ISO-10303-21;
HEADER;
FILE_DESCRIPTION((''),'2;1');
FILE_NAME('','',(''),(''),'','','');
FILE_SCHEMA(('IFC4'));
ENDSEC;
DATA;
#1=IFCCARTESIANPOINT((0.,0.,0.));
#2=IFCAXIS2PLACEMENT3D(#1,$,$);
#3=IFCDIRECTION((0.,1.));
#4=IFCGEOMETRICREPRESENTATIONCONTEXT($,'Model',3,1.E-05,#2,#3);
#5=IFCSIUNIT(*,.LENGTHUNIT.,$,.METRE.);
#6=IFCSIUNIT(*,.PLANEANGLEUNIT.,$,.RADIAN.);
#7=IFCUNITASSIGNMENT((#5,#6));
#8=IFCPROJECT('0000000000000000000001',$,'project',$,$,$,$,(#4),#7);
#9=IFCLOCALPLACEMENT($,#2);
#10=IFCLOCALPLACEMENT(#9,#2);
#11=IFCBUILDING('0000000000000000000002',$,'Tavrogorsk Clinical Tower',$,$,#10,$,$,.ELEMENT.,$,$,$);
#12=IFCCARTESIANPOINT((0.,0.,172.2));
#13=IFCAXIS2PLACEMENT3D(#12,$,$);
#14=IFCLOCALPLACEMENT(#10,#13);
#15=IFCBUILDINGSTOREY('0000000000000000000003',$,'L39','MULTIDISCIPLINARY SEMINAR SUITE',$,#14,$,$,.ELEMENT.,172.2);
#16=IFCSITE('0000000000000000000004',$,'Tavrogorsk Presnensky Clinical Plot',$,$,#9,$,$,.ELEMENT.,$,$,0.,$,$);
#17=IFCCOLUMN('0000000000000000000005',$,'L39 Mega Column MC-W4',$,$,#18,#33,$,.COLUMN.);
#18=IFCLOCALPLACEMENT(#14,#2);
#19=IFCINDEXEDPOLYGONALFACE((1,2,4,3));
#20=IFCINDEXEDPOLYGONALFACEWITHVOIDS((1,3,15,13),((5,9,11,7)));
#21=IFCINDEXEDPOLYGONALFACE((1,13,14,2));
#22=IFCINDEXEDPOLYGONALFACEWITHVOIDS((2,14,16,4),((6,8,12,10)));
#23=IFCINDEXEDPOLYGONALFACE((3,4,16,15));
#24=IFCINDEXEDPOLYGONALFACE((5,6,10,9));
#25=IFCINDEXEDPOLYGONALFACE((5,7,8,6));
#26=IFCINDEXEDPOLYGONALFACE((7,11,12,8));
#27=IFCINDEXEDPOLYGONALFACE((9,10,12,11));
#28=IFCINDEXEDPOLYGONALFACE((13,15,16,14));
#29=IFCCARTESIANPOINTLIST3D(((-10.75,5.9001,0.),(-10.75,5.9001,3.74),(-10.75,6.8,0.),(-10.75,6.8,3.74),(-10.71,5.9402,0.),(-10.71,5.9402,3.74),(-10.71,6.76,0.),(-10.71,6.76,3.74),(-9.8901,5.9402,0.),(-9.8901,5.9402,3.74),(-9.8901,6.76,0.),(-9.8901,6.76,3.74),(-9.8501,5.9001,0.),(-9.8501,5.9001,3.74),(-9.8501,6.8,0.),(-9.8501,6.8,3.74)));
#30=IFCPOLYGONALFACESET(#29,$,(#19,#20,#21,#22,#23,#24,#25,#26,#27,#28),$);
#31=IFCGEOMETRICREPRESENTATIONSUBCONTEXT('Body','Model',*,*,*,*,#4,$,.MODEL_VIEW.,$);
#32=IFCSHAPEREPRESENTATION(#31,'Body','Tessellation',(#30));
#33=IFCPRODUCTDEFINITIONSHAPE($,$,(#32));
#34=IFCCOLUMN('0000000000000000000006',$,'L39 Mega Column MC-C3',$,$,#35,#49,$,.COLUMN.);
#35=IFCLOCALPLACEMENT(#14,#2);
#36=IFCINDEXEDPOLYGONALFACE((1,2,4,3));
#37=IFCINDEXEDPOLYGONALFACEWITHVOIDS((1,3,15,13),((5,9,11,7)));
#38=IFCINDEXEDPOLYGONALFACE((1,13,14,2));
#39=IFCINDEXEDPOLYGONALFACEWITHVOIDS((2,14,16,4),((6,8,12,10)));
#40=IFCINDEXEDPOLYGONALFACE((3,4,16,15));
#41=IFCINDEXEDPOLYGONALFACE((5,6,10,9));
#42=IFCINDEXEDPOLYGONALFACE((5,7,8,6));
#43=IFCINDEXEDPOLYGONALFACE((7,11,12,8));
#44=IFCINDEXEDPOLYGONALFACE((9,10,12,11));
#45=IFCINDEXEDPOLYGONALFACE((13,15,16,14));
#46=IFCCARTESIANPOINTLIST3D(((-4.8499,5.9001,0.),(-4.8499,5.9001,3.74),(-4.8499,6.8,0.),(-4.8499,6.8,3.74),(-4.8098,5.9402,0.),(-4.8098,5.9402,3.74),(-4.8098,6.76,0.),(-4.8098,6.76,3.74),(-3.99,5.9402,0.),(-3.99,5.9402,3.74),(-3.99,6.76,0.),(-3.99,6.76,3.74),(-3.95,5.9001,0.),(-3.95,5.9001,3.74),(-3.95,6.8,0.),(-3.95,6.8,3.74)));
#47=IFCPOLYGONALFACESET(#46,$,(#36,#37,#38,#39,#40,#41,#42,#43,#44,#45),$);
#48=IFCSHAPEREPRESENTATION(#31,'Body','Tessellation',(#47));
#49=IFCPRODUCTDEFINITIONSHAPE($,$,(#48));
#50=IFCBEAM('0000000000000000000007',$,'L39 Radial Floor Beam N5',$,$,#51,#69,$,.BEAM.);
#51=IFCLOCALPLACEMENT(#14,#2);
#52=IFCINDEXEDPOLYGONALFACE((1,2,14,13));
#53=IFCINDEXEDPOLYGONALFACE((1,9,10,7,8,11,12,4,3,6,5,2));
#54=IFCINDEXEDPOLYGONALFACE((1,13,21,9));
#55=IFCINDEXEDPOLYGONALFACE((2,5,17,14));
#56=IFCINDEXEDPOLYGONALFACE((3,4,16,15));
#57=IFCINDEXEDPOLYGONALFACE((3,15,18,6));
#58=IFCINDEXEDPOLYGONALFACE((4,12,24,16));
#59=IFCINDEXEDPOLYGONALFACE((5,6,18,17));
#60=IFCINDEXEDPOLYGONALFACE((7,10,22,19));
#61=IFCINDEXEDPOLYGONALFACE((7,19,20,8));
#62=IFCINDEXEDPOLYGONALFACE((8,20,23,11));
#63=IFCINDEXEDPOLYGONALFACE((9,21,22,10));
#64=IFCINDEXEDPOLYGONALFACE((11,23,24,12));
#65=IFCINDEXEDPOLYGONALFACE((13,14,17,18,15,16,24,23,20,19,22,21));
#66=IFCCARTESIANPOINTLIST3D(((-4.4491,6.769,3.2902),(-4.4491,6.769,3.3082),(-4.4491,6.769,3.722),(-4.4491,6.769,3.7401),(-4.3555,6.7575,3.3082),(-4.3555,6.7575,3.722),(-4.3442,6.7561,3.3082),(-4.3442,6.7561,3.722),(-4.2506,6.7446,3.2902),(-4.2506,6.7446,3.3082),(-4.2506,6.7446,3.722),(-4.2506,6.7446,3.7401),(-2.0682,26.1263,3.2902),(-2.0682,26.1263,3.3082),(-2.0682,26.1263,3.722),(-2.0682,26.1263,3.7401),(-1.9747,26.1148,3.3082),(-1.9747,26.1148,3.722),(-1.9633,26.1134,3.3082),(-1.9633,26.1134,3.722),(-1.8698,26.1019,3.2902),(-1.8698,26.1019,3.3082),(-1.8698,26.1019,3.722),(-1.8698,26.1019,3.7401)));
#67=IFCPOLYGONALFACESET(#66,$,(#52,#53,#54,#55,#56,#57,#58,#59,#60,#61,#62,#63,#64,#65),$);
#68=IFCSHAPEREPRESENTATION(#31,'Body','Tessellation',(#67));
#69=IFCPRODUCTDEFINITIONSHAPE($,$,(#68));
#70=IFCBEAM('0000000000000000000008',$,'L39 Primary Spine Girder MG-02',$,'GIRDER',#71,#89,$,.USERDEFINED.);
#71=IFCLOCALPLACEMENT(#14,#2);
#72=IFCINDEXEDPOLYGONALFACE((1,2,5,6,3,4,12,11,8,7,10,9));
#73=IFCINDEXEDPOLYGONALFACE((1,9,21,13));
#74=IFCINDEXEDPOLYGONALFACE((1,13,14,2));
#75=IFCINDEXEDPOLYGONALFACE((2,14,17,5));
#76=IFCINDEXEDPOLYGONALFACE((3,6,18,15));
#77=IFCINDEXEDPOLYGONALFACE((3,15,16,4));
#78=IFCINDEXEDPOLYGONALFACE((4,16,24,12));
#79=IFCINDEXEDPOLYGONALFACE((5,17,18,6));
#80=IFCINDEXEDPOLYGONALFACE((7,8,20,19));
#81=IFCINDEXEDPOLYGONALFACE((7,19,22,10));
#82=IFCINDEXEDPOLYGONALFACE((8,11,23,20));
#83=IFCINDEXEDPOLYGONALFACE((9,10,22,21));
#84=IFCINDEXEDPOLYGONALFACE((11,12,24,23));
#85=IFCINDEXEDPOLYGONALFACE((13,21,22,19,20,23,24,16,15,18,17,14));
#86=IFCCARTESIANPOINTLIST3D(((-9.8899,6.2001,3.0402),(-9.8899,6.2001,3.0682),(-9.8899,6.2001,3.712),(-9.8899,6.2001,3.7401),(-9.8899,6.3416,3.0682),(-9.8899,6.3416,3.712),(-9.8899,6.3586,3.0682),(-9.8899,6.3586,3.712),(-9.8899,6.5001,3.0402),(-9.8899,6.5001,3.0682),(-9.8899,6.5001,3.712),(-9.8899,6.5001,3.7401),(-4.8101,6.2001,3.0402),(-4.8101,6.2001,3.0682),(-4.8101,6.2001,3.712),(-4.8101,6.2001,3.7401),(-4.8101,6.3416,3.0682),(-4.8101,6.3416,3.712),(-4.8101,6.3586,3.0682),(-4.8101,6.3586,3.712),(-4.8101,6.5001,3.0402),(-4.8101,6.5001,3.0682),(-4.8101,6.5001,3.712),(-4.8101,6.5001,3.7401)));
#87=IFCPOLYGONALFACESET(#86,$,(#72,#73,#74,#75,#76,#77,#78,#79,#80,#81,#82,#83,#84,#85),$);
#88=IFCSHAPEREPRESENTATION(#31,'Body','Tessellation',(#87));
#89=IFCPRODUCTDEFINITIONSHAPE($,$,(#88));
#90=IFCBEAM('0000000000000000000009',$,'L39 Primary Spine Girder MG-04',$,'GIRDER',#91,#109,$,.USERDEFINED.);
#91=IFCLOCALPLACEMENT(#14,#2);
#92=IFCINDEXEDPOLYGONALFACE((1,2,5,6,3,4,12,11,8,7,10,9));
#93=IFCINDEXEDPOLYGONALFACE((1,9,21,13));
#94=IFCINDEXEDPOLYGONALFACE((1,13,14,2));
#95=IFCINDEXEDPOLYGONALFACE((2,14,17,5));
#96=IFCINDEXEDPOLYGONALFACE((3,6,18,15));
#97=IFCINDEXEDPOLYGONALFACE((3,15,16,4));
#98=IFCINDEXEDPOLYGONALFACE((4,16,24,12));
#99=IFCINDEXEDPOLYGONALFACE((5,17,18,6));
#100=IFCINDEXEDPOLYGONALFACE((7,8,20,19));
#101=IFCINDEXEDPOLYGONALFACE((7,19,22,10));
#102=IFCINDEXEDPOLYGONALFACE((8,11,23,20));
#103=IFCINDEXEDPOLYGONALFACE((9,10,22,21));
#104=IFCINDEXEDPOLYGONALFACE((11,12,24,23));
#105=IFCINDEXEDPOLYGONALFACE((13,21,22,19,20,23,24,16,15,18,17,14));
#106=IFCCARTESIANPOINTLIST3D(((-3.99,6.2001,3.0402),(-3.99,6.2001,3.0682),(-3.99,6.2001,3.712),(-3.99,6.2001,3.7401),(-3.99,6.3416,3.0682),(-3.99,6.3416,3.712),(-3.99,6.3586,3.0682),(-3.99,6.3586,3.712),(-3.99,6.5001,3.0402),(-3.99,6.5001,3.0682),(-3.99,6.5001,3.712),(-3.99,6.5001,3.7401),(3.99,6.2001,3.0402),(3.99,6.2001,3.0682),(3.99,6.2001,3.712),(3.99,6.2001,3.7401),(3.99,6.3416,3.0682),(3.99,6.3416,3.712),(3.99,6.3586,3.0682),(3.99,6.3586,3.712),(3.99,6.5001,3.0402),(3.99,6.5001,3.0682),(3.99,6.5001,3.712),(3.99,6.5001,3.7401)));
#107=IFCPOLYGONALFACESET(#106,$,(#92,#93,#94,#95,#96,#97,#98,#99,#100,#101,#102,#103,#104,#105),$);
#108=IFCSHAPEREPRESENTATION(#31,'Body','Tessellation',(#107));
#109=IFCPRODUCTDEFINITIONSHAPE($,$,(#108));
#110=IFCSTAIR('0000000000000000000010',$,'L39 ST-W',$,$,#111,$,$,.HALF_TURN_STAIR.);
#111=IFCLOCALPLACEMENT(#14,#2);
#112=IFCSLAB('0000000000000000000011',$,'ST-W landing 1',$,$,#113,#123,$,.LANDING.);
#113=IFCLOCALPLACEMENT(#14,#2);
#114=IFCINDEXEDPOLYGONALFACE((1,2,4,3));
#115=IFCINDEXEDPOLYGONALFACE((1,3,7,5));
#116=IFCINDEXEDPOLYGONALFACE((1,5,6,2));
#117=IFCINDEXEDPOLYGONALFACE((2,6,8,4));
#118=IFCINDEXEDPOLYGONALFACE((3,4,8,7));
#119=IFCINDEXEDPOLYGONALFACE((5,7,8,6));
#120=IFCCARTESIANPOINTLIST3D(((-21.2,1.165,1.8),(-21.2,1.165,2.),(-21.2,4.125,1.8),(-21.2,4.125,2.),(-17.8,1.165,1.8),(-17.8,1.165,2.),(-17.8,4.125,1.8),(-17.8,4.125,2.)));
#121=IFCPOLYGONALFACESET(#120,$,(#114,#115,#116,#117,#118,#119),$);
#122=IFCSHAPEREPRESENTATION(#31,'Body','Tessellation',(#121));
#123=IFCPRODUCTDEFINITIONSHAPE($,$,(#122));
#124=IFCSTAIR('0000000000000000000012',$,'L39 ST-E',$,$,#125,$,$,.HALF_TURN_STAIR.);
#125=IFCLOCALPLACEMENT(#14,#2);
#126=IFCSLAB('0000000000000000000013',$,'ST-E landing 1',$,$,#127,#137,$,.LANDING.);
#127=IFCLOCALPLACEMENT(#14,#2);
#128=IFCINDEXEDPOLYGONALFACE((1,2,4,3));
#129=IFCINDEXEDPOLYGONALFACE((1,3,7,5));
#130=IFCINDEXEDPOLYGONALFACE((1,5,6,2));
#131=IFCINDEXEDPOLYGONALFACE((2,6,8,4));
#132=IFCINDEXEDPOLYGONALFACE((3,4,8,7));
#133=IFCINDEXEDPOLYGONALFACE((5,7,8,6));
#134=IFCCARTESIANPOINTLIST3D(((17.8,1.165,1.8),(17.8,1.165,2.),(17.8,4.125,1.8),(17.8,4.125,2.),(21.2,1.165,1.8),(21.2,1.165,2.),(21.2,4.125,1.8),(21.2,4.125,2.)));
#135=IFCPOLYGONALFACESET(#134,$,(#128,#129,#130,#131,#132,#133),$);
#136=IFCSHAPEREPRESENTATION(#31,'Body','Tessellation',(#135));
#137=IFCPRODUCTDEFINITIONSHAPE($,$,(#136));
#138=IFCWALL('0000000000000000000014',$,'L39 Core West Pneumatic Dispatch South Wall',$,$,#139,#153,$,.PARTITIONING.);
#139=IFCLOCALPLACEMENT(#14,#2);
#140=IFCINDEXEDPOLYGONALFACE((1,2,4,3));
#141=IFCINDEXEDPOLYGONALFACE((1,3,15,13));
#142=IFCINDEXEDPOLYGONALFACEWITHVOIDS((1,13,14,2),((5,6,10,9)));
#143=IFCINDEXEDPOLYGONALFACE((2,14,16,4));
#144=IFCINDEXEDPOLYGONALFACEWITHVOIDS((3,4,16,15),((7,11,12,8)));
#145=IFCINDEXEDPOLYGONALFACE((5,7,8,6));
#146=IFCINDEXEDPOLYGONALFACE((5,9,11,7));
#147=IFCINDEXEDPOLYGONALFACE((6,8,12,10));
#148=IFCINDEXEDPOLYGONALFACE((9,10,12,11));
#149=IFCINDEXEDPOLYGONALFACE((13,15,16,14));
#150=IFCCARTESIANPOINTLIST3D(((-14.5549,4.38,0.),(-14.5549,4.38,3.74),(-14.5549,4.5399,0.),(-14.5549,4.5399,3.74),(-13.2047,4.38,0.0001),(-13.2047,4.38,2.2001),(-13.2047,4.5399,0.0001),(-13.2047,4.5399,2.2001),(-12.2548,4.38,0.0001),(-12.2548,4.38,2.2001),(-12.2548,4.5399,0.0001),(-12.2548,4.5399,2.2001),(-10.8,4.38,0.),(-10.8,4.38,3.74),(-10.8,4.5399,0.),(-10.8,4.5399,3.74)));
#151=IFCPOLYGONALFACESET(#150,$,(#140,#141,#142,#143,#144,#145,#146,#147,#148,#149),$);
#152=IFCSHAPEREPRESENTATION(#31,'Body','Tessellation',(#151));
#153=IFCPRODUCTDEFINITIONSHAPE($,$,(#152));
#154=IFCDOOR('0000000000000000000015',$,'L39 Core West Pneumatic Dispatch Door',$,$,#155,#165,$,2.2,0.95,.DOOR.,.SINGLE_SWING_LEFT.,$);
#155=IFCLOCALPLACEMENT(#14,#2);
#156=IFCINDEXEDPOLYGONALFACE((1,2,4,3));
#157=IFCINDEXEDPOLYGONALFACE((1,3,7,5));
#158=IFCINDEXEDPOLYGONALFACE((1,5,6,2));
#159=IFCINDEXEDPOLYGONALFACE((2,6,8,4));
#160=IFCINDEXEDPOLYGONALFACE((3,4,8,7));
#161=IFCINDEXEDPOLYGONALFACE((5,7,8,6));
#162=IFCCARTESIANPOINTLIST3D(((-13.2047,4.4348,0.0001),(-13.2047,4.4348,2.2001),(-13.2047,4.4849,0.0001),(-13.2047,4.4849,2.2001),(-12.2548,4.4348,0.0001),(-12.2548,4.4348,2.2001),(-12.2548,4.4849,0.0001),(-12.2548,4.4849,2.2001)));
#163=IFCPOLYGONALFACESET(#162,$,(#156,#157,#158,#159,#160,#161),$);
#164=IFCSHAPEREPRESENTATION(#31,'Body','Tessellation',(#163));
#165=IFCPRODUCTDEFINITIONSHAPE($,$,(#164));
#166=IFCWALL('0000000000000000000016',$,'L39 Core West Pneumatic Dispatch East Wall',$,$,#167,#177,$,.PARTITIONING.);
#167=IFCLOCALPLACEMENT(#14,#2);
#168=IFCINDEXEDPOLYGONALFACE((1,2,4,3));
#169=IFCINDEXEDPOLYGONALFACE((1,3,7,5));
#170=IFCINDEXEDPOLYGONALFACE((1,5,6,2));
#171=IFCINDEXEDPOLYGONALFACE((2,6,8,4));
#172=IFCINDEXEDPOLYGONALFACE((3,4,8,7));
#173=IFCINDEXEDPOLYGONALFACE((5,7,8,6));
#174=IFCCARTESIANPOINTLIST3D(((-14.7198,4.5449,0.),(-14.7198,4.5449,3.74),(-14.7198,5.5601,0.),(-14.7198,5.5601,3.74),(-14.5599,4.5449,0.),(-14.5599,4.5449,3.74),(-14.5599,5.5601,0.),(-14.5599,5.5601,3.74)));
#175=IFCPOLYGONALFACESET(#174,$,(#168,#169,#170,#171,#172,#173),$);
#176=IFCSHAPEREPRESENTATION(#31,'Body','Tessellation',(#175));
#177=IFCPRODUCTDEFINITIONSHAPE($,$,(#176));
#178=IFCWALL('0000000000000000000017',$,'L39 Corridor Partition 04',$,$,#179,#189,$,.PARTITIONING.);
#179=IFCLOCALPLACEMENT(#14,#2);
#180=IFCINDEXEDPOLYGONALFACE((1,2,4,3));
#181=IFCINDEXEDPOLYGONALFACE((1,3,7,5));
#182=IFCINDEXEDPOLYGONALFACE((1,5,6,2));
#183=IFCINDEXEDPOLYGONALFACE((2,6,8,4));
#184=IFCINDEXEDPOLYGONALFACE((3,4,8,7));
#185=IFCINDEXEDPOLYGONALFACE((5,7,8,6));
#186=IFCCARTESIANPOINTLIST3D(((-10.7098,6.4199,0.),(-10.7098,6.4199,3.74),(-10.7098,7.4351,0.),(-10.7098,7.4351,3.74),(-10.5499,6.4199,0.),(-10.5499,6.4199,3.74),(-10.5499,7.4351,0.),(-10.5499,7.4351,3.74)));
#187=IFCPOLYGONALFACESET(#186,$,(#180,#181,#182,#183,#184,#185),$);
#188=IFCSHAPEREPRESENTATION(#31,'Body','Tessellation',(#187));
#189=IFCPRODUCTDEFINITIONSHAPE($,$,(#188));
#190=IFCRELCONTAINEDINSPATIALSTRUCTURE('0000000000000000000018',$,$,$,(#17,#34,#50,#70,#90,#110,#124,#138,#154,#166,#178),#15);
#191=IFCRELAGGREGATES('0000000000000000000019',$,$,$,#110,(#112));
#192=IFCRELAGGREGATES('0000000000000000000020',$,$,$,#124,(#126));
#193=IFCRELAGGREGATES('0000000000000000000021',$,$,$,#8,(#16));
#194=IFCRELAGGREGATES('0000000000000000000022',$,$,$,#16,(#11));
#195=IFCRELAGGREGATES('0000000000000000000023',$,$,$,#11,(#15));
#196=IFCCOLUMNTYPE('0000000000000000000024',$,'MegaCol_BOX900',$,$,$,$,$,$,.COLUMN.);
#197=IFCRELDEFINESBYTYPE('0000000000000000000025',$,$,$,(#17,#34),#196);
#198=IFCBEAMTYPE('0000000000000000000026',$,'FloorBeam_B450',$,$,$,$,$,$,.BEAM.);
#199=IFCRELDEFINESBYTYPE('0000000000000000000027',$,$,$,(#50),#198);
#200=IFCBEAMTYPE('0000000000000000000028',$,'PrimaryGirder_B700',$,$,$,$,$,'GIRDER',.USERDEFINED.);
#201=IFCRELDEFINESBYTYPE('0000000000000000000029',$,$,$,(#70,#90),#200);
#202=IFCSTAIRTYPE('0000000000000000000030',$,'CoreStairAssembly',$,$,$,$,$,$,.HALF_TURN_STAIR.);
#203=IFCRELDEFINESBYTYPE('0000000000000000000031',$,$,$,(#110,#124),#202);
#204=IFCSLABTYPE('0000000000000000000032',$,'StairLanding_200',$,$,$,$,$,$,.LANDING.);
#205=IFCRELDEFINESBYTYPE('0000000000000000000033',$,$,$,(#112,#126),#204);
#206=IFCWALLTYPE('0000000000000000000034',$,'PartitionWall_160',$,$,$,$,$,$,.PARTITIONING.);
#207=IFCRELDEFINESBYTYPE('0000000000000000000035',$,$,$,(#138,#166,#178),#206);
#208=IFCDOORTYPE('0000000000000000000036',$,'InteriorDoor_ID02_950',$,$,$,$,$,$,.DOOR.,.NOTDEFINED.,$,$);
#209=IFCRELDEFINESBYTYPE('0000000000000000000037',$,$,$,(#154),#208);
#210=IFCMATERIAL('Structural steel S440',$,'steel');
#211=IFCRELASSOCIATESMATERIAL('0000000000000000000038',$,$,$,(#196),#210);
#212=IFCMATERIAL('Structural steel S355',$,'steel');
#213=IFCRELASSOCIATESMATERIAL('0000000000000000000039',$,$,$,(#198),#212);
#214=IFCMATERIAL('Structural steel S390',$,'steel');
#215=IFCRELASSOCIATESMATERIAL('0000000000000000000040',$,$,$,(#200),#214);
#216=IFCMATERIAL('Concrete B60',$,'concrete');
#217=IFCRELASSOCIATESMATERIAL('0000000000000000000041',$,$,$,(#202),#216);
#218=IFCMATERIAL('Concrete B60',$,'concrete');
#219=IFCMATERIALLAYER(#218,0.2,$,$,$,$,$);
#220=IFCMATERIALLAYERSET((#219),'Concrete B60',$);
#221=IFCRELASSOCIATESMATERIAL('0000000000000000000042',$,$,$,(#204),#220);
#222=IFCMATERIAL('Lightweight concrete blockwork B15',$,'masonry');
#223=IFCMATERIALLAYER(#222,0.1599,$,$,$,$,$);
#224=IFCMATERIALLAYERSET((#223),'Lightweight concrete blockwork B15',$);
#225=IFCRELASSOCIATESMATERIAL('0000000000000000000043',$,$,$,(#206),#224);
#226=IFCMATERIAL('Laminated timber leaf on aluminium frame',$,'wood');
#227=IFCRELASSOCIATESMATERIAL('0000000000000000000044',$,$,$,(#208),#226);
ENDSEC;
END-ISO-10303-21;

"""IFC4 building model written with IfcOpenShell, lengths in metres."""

from ifc_helpers import new_model, si_unit, direction, frame, frame_2d, origin, origin_2d, place, context, subcontext, project, spatial, polyline, rectangle, hollow_rectangle, i_section, outline, extrude, material, layer, layer_set, material_profile, profile_set, type_object, element, fill, aggregate, save


model = new_model("IFC4")

# Units and contexts
model_context = context("Model", 3, precision=1e-05, world=origin(), true_north=direction((0.0, 1.0)))
body_context = subcontext(model_context, "Body", "Model", "MODEL_VIEW")
ifc_project = project(units=[si_unit("LENGTHUNIT", "METRE"), si_unit("PLANEANGLEUNIT", "RADIAN")], contexts=[model_context])

# Site, building, storey
site_placement = place(None, origin())
site = spatial("IfcSite", under=ifc_project, at=site_placement, Name="Tavrogorsk Presnensky Clinical Plot", CompositionType="ELEMENT", RefElevation=0.0)
building_placement = place(site_placement, origin())
building = spatial("IfcBuilding", under=site, at=building_placement, Name="Tavrogorsk Clinical Tower", CompositionType="ELEMENT")
storey_placement = place(building_placement, frame((0.0, 0.0, 172.2)))
storey = spatial("IfcBuildingStorey", under=building, at=storey_placement, Name="L39", Description="MULTIDISCIPLINARY SEMINAR SUITE", CompositionType="ELEMENT", Elevation=172.2)

# Columns
ifc_material_1 = material(Name="Structural steel S440", Category="steel")
ifc_material_profile_1 = material_profile(ifc_material_1, hollow_rectangle(XDim=0.8999, YDim=0.8999, WallThickness=0.04, at=origin_2d()), Name="BOX-900x900x40")
ifc_profile_set_1 = profile_set([ifc_material_profile_1], Name="Structural steel S440")
column_type = type_object("IfcColumnType", Name="MegaCol_BOX900", PredefinedType="COLUMN", material=ifc_profile_set_1)
for number, where, z_axis, x_axis, name in (
    (1, (-10.3, 6.3501, 0.0), (0.0, 0.0, 1.0), (1.0, 0.0, 0.0), "L39 Mega Column MC-W4"),
    (2, (-4.3999, 6.3501, 0.0), (0.0, 0.0, 1.0), (1.0, 0.0, 0.0), "L39 Mega Column MC-C3"),
):
    element("IfcColumn", number, at=place(storey_placement, frame(where, z_axis=z_axis, x_axis=x_axis)), inside=storey, type_object=column_type, Name=name, PredefinedType="COLUMN", context=body_context, shape_type="SweptSolid", body=[
        extrude(hollow_rectangle(XDim=0.8999, YDim=0.8999, WallThickness=0.04, at=origin_2d()), origin(), (0.0, 0.0, 1.0), 3.74),
    ])

# Beams
ifc_material_2 = material(Name="Structural steel S355", Category="steel")
ifc_material_profile_2 = material_profile(ifc_material_2, i_section(OverallWidth=0.2, OverallDepth=0.45, WebThickness=0.0115, FlangeThickness=0.0181, at=origin_2d()), Name="B-450x200x11.5x18")
ifc_profile_set_2 = profile_set([ifc_material_profile_2], Name="Structural steel S355")
beam_type_1 = type_object("IfcBeamType", Name="FloorBeam_B450", PredefinedType="BEAM", material=ifc_profile_set_2)
beam_1_placement = place(storey_placement, frame((-4.3499, 6.7568, 3.5151), z_axis=(0.122075, 0.992521, 0.0), x_axis=(-0.992521, 0.122075, 0.0)))
element("IfcBeam", 3, at=beam_1_placement, inside=storey, type_object=beam_type_1, Name="L39 Radial Floor Beam N5", PredefinedType="BEAM", context=body_context, shape_type="SweptSolid", body=[
    extrude(i_section(OverallWidth=0.2, OverallDepth=0.45, WebThickness=0.0115, FlangeThickness=0.0181, at=origin_2d()), origin(), (0.0, 0.0, 1.0), 19.5032),
])
ifc_material_3 = material(Name="Structural steel S390", Category="steel")
ifc_material_profile_3 = material_profile(ifc_material_3, i_section(OverallWidth=0.3, OverallDepth=0.7, WebThickness=0.0171, FlangeThickness=0.0281, at=origin_2d()), Name="B-700x300x17x28")
ifc_profile_set_3 = profile_set([ifc_material_profile_3], Name="Structural steel S390")
beam_type_2 = type_object("IfcBeamType", Name="PrimaryGirder_B700", ElementType="GIRDER", PredefinedType="USERDEFINED", material=ifc_profile_set_3)
beam_2_placement = place(storey_placement, frame((-9.8899, 6.3501, 3.3901), z_axis=(1.0, 0.0, 0.0), x_axis=(0.0, 1.0, 0.0)))
element("IfcBeam", 4, at=beam_2_placement, inside=storey, type_object=beam_type_2, Name="L39 Primary Spine Girder MG-02", ObjectType="GIRDER", PredefinedType="USERDEFINED", context=body_context, shape_type="SweptSolid", body=[
    extrude(i_section(OverallWidth=0.3, OverallDepth=0.7, WebThickness=0.0171, FlangeThickness=0.0281, at=origin_2d()), origin(), (0.0, 0.0, 1.0), 5.0798),
])
beam_3_placement = place(storey_placement, frame((-3.99, 6.3501, 3.3901), z_axis=(1.0, 0.0, 0.0), x_axis=(0.0, 1.0, 0.0)))
element("IfcBeam", 5, at=beam_3_placement, inside=storey, type_object=beam_type_2, Name="L39 Primary Spine Girder MG-04", ObjectType="GIRDER", PredefinedType="USERDEFINED", context=body_context, shape_type="SweptSolid", body=[
    extrude(i_section(OverallWidth=0.3, OverallDepth=0.7, WebThickness=0.0171, FlangeThickness=0.0281, at=origin_2d()), origin(), (0.0, 0.0, 1.0), 7.98),
])

# Stairs, slabs
ifc_material_4 = material(Name="Concrete B60", Category="concrete")
stair_type = type_object("IfcStairType", Name="CoreStairAssembly", PredefinedType="HALF_TURN_STAIR", material=ifc_material_4)
stair_1_placement = place(storey_placement, origin())
stair_1 = element("IfcStair", 6, at=stair_1_placement, inside=storey, type_object=stair_type, Name="L39 ST-W", PredefinedType="HALF_TURN_STAIR")
ifc_material_5 = material(Name="Concrete B60", Category="concrete")
ifc_layer_1 = layer(ifc_material_5, 0.2)
ifc_layer_set_1 = layer_set([ifc_layer_1], Name="Concrete B60")
slab_type = type_object("IfcSlabType", Name="StairLanding_200", PredefinedType="LANDING", material=ifc_layer_set_1)
slab_1_placement = place(storey_placement, frame((0.0, 0.0, 1.8)))
slab_1 = element("IfcSlab", 7, at=slab_1_placement, type_object=slab_type, Name="ST-W landing 1", PredefinedType="LANDING", context=body_context, shape_type="SweptSolid", body=[
    extrude(outline(polyline([(-17.8, 1.165), (-17.8, 4.125), (-21.2, 4.125), (-21.2, 1.165), (-17.8, 1.165)])), origin(), (0.0, 0.0, 1.0), 0.2),
])
aggregate(stair_1, [slab_1])
stair_2_placement = place(storey_placement, origin())
stair_2 = element("IfcStair", 8, at=stair_2_placement, inside=storey, type_object=stair_type, Name="L39 ST-E", PredefinedType="HALF_TURN_STAIR")
slab_2_placement = place(storey_placement, frame((0.0, 0.0, 1.8)))
slab_2 = element("IfcSlab", 9, at=slab_2_placement, type_object=slab_type, Name="ST-E landing 1", PredefinedType="LANDING", context=body_context, shape_type="SweptSolid", body=[
    extrude(outline(polyline([(21.2, 1.165), (21.2, 4.125), (17.8, 4.125), (17.8, 1.165), (21.2, 1.165)])), origin(), (0.0, 0.0, 1.0), 0.2),
])
aggregate(stair_2, [slab_2])

# Wall, opening, door
ifc_material_6 = material(Name="Lightweight concrete blockwork B15", Category="masonry")
ifc_layer_2 = layer(ifc_material_6, 0.1599)
ifc_layer_set_2 = layer_set([ifc_layer_2], Name="Lightweight concrete blockwork B15")
wall_type_1 = type_object("IfcWallType", Name="PartitionWall_160", PredefinedType="PARTITIONING", material=ifc_layer_set_2)
wall_1_placement = place(storey_placement, frame((-14.5549, 4.46, 0.0), z_axis=(0.0, 0.0, 1.0), x_axis=(1.0, 0.0, 0.0)))
wall_1 = element("IfcWall", 10, at=wall_1_placement, inside=storey, type_object=wall_type_1, Name="L39 Core West Pneumatic Dispatch South Wall", PredefinedType="PARTITIONING", context=body_context, shape_type="SweptSolid", body=[
    extrude(rectangle(XDim=3.7549, YDim=0.1599, at=frame_2d((1.8774, 0.0))), origin(), (0.0, 0.0, 1.0), 3.74),
])
opening_1_placement = place(wall_1_placement, frame((1.3501, 0.0, 0.0)))
opening_1 = element("IfcOpeningElement", 11, at=opening_1_placement, cuts=wall_1, PredefinedType="OPENING", context=body_context, shape_type="SweptSolid", body=[
    extrude(rectangle(XDim=0.95, YDim=2.2, at=frame_2d((0.4751, 1.1001))), frame((0.0, 0.0898, 0.0), z_axis=(0.0, -1.0, 0.0), x_axis=(1.0, 0.0, 0.0)), (0.0, 0.0, 1.0), 0.1799),
])
ifc_material_7 = material(Name="Laminated timber leaf on aluminium frame", Category="wood")
door_type_1 = type_object("IfcDoorType", Name="InteriorDoor_ID02_950", OperationType="NOTDEFINED", PredefinedType="DOOR", material=ifc_material_7)
door_1_placement = place(opening_1_placement, origin())
door_1 = element("IfcDoor", 12, at=door_1_placement, inside=storey, type_object=door_type_1, Name="L39 Core West Pneumatic Dispatch Door", OperationType="SINGLE_SWING_LEFT", OverallHeight=2.2, OverallWidth=0.95, PredefinedType="DOOR", context=body_context, shape_type="SweptSolid", body=[
    extrude(rectangle(XDim=0.95, YDim=2.2, at=frame_2d((0.4751, 1.1001))), frame((0.0, 0.0249, 0.0), z_axis=(0.0, -1.0, 0.0), x_axis=(1.0, 0.0, 0.0)), (0.0, 0.0, 1.0), 0.05),
])
fill(opening_1, door_1)

# Walls
for number, where, z_axis, x_axis, name in (
    (13, (-14.6399, 4.5449, 0.0), (0.0, 0.0, 1.0), (0.0, 1.0, 0.0), "L39 Core West Pneumatic Dispatch East Wall"),
    (14, (-10.6299, 6.4199, 0.0), (0.0, 0.0, 1.0), (0.0, 1.0, 0.0), "L39 Corridor Partition 04"),
):
    element("IfcWall", number, at=place(storey_placement, frame(where, z_axis=z_axis, x_axis=x_axis)), inside=storey, type_object=wall_type_1, Name=name, PredefinedType="PARTITIONING", context=body_context, shape_type="SweptSolid", body=[
        extrude(rectangle(XDim=1.0151, YDim=0.1599, at=frame_2d((0.5076, 0.0))), origin(), (0.0, 0.0, 1.0), 3.74),
    ])

save(model, "model.ifc")
